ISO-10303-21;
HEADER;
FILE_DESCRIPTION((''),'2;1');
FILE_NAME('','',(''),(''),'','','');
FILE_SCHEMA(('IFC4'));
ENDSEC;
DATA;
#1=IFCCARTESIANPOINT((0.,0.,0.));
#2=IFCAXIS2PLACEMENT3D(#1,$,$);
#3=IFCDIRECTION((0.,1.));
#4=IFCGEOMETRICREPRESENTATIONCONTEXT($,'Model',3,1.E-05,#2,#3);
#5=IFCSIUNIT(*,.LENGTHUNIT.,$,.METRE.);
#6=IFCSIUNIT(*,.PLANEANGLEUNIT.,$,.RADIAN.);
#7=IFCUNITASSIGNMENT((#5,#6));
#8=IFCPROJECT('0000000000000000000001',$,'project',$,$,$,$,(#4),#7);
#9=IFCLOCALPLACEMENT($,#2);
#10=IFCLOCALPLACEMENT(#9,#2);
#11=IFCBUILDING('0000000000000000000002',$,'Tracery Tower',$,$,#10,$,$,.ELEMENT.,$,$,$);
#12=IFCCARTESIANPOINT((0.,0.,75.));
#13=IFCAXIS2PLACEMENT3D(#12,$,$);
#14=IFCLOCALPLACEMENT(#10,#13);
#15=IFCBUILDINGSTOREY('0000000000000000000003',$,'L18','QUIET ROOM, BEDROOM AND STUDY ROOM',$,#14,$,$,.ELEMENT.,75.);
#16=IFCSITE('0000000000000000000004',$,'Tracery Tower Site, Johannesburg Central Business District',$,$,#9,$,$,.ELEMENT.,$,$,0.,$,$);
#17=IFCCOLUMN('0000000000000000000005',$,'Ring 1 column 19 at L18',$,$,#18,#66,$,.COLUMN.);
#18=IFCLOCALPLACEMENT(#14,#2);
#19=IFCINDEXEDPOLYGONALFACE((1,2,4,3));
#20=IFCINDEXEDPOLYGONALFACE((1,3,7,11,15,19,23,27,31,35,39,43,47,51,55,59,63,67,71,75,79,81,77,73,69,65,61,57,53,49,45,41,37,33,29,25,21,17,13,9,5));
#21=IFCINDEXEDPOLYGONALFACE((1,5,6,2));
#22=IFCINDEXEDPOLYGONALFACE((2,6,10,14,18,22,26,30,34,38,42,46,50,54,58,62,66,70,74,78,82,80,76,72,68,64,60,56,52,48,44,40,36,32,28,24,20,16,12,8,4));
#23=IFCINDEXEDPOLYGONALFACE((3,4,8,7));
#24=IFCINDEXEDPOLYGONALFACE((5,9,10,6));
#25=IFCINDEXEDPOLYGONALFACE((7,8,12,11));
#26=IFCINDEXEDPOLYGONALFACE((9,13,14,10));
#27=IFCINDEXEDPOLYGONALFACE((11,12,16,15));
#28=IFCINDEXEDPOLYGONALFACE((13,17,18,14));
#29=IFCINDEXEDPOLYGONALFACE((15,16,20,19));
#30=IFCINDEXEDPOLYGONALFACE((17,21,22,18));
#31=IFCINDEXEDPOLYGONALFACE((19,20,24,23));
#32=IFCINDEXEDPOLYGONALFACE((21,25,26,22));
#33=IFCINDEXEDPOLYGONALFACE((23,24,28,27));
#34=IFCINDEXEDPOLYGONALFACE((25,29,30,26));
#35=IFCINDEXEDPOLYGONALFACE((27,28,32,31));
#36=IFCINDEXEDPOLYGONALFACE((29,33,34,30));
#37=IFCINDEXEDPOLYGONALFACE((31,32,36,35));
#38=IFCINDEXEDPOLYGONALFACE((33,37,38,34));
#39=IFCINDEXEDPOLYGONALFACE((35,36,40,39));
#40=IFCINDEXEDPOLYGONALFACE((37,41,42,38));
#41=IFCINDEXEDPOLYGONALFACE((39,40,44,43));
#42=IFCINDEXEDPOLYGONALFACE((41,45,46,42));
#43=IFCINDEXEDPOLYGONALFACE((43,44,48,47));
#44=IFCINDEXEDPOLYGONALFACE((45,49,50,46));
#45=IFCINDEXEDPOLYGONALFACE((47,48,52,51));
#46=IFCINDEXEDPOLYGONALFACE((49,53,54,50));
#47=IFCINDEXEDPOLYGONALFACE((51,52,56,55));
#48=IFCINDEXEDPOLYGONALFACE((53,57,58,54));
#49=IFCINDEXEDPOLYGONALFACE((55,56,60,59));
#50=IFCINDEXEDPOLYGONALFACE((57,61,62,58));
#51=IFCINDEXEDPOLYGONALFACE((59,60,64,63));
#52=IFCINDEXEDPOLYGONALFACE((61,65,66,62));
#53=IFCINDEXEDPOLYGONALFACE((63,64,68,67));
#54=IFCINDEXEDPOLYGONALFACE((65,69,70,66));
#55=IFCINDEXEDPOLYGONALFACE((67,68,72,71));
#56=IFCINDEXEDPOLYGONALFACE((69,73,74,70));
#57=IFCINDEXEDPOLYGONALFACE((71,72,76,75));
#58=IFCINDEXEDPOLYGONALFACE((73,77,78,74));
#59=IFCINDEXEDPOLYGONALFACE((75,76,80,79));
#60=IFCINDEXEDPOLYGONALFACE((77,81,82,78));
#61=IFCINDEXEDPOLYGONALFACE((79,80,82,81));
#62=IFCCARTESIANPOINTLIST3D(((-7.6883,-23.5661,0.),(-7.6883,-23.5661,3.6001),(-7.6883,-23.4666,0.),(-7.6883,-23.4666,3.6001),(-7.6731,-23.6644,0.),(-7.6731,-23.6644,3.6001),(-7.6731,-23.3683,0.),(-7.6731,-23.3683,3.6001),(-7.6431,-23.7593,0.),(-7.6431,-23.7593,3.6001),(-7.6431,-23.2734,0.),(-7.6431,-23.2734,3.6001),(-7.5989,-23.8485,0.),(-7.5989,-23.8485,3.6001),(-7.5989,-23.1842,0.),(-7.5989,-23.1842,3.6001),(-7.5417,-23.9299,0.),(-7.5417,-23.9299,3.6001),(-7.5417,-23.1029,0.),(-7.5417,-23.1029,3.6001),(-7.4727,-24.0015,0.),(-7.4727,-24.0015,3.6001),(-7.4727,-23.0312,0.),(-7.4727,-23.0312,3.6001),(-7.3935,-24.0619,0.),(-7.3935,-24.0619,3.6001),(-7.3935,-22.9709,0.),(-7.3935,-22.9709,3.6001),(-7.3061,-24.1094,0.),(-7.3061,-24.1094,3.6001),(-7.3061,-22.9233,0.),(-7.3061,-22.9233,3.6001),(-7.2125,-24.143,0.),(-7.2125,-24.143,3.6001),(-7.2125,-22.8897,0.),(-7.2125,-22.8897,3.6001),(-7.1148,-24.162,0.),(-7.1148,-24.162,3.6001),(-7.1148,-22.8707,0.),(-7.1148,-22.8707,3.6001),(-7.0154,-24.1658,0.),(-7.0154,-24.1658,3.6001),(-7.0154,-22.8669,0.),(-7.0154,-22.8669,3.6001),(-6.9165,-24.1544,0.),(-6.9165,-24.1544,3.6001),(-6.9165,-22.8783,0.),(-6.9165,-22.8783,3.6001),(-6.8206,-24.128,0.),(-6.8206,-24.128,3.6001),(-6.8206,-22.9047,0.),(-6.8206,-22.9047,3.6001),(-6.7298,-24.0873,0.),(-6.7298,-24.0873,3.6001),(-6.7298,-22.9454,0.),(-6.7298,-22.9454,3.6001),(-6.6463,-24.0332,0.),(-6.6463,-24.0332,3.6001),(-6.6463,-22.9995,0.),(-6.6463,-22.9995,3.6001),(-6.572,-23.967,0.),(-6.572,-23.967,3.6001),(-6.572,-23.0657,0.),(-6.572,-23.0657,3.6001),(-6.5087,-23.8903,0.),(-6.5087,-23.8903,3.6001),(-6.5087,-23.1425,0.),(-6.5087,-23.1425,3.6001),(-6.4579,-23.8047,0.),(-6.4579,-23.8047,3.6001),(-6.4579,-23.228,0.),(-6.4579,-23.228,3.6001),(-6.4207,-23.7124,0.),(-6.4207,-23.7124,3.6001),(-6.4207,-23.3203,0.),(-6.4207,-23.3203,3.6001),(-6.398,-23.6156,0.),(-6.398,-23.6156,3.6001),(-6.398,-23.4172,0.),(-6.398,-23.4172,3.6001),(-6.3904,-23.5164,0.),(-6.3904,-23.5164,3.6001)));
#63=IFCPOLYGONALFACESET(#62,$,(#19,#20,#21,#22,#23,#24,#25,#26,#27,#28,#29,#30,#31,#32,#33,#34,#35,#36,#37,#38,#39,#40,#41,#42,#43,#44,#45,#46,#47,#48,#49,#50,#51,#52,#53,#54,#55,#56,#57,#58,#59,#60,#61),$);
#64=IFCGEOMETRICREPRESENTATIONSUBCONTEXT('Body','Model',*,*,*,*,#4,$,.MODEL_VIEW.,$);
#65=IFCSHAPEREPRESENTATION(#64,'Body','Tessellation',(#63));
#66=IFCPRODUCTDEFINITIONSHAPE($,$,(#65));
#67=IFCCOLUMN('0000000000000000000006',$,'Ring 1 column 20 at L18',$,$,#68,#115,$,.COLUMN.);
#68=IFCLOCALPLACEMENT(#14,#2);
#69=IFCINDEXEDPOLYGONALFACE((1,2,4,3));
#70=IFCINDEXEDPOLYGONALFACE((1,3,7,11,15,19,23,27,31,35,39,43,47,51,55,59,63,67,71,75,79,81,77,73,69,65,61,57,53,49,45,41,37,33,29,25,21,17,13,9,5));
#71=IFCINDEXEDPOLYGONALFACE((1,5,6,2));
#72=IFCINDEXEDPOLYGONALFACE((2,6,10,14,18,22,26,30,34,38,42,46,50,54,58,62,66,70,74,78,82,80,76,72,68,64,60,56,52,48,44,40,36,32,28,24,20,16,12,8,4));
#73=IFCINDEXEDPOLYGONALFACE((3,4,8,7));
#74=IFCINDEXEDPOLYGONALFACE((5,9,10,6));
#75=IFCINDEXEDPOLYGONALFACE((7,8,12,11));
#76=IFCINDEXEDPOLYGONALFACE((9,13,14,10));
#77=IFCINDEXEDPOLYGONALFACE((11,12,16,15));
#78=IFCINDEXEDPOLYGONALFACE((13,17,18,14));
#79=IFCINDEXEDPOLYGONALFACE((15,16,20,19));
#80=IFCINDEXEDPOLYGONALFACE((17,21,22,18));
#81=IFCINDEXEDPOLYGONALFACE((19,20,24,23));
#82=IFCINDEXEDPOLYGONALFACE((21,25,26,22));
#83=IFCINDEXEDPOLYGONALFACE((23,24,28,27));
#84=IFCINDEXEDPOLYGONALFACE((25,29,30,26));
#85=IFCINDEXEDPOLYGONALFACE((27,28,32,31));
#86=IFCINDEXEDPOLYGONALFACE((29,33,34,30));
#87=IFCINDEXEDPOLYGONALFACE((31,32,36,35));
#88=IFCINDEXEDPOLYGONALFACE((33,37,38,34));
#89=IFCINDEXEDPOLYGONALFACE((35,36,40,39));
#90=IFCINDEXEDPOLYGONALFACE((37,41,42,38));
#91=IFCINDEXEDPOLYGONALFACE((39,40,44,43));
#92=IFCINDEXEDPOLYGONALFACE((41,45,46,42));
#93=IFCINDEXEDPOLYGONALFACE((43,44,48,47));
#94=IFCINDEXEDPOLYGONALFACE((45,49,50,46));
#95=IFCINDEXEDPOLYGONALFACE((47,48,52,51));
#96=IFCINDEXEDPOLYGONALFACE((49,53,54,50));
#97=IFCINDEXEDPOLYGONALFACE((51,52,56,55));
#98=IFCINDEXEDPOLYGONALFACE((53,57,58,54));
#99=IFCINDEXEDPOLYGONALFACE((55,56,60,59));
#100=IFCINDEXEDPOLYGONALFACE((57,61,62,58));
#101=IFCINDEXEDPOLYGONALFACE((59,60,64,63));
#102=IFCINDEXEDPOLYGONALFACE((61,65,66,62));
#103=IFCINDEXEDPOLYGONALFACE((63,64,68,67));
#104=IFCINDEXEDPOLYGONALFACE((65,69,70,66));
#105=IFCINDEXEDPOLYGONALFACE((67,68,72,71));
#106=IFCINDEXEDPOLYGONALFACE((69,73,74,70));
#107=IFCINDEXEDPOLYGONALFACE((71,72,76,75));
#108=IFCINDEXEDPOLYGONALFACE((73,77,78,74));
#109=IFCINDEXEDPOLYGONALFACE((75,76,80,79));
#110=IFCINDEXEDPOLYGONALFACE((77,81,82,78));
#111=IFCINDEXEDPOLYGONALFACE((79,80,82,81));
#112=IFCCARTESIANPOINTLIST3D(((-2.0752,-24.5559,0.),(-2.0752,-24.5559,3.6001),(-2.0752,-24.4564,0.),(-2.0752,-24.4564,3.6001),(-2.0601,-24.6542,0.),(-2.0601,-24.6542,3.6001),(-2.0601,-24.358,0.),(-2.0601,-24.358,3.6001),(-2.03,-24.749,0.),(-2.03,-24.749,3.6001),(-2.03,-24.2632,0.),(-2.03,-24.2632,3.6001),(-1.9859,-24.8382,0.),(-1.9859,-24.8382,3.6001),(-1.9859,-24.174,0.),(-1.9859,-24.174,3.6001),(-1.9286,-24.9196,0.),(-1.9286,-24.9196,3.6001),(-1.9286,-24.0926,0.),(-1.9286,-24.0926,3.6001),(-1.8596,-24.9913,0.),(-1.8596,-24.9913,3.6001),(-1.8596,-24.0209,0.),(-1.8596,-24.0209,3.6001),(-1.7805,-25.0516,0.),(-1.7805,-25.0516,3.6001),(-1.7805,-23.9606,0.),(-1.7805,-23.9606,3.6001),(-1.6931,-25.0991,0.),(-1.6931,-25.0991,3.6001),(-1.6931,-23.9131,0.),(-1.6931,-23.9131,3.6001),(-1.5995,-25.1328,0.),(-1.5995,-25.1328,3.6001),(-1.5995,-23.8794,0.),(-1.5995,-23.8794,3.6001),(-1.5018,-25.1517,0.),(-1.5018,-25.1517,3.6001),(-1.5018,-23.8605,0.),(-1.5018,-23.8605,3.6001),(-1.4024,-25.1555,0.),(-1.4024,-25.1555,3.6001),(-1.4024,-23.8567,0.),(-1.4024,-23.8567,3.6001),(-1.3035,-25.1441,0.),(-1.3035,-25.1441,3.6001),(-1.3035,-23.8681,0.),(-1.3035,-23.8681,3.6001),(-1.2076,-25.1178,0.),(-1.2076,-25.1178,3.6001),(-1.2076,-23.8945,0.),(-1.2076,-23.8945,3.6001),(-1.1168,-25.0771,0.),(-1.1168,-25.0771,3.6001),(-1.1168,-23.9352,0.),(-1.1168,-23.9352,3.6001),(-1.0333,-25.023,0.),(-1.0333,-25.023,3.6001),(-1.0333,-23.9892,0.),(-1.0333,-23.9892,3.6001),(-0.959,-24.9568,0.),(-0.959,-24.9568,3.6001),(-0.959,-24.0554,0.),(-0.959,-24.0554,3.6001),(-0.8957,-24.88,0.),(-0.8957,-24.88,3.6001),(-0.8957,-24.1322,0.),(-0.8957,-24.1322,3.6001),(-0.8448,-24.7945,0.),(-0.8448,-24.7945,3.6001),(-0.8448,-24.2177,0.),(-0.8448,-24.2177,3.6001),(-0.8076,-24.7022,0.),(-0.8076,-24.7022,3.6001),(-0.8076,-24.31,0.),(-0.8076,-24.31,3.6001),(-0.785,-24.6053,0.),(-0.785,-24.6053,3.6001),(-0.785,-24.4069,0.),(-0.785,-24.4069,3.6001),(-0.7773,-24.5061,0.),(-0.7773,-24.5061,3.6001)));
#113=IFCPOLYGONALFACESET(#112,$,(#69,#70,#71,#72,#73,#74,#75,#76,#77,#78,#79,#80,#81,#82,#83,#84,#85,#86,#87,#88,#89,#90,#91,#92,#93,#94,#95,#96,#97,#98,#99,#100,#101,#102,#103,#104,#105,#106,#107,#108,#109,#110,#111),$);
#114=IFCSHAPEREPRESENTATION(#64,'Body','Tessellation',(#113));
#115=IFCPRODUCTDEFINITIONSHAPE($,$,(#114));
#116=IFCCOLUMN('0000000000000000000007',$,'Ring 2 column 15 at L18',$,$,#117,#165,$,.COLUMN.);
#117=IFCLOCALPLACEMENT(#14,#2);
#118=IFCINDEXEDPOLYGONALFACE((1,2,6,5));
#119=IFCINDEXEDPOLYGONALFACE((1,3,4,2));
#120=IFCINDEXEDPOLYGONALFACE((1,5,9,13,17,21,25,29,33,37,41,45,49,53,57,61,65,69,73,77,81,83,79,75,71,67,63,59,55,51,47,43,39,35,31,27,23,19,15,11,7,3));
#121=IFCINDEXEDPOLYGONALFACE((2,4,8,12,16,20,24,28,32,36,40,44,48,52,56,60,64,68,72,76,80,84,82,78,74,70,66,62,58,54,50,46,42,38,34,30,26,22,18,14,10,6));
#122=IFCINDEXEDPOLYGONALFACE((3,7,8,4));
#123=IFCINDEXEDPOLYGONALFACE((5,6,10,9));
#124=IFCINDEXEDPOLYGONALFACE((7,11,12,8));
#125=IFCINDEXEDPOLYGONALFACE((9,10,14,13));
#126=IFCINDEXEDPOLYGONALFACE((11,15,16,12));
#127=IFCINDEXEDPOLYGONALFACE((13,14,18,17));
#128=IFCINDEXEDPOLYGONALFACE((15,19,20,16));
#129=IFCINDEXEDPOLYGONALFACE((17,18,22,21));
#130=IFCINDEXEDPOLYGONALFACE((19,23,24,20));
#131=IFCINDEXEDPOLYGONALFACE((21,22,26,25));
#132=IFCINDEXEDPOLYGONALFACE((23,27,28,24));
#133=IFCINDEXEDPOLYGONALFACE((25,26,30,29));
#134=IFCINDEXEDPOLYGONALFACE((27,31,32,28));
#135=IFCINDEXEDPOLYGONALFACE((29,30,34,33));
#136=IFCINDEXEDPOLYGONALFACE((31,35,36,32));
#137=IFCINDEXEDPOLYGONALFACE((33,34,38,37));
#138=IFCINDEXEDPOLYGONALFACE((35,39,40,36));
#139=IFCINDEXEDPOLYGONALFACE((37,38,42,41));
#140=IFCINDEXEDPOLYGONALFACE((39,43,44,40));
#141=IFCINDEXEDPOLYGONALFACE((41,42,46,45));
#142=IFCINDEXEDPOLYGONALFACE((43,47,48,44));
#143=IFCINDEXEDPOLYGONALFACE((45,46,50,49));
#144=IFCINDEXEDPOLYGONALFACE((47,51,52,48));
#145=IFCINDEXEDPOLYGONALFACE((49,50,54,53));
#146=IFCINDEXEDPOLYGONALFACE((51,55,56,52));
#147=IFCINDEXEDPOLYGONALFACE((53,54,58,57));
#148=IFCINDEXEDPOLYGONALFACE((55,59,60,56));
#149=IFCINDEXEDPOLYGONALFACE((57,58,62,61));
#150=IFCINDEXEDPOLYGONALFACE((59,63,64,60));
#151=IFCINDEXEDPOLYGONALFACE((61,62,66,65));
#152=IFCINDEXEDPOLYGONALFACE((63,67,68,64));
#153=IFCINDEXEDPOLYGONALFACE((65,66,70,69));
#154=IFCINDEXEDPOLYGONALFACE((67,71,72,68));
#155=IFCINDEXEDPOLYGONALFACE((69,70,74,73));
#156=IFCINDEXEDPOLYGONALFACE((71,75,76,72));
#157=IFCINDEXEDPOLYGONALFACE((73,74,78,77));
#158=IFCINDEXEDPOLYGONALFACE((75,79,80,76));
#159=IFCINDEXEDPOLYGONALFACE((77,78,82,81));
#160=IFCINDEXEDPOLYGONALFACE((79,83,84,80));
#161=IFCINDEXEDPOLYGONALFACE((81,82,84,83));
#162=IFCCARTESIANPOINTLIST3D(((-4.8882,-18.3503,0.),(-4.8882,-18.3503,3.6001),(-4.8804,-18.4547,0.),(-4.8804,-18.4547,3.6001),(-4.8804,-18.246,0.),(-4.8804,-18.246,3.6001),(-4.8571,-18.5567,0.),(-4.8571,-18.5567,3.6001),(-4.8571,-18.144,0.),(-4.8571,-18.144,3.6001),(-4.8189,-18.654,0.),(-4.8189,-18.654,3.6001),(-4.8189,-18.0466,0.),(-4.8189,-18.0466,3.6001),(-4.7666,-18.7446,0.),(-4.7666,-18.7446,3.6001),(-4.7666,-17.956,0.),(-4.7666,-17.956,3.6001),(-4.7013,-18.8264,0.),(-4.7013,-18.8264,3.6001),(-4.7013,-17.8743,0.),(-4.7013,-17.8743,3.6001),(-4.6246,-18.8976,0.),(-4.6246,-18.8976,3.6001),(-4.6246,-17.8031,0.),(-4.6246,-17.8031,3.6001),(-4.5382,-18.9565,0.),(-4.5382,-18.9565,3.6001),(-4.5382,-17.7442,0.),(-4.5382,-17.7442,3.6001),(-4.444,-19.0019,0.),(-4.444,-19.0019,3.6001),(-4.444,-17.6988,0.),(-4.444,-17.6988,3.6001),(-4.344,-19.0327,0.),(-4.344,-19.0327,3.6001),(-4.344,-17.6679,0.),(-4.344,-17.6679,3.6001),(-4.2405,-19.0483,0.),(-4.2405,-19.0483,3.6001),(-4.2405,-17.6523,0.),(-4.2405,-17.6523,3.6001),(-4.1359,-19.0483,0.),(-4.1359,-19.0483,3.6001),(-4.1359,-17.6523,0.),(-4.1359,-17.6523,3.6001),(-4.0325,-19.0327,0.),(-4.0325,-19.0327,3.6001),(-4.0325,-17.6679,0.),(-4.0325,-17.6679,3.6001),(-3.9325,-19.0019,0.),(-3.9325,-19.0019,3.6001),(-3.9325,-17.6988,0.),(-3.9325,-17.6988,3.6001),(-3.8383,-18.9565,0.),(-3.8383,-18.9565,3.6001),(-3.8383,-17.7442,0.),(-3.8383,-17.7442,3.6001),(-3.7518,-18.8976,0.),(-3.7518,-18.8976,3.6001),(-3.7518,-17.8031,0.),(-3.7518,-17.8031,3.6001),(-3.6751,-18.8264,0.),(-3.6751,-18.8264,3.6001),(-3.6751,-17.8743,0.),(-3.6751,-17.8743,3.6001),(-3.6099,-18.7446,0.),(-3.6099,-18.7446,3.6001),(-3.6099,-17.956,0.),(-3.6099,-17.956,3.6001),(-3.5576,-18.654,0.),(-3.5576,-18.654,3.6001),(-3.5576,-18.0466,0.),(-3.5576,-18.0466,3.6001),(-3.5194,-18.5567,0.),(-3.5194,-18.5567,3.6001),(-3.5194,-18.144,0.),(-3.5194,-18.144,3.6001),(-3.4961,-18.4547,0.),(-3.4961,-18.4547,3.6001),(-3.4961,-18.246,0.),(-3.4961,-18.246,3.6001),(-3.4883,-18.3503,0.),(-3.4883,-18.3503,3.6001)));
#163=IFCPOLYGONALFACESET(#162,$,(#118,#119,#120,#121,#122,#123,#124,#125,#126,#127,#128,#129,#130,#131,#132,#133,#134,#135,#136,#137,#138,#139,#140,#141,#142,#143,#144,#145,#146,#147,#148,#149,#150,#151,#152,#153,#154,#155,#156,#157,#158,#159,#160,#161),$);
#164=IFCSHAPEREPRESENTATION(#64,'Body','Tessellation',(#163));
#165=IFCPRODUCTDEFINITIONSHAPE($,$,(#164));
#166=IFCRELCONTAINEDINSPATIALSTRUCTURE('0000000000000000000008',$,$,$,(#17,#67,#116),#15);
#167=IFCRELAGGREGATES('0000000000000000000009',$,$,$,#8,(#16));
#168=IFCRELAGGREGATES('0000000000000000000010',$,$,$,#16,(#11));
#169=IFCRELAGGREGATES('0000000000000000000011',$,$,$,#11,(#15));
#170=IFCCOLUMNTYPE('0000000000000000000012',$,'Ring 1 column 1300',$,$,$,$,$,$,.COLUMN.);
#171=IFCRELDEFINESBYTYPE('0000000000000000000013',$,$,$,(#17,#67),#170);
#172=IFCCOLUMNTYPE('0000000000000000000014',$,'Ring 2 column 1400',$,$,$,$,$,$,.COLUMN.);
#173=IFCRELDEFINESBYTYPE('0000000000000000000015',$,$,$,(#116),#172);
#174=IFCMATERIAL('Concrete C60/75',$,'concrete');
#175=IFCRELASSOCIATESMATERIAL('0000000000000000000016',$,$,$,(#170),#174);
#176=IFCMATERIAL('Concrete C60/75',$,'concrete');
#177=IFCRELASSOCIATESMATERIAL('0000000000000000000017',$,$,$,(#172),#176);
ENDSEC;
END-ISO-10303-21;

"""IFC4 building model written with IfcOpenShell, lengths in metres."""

from ifc_helpers import new_model, si_unit, direction, frame, origin, origin_2d, place, context, subcontext, project, spatial, circle, extrude, material, material_profile, profile_set, type_object, element, save


model = new_model("IFC4")

# Units and contexts
model_context = context("Model", 3, precision=1e-05, world=origin(), true_north=direction((0.0, 1.0)))
body_context = subcontext(model_context, "Body", "Model", "MODEL_VIEW")
ifc_project = project(units=[si_unit("LENGTHUNIT", "METRE"), si_unit("PLANEANGLEUNIT", "RADIAN")], contexts=[model_context])

# Site, building, storey
site_placement = place(None, origin())
site = spatial("IfcSite", under=ifc_project, at=site_placement, Name="Tracery Tower Site, Johannesburg Central Business District", CompositionType="ELEMENT", RefElevation=0.0)
building_placement = place(site_placement, origin())
building = spatial("IfcBuilding", under=site, at=building_placement, Name="Tracery Tower", CompositionType="ELEMENT")
storey_placement = place(building_placement, frame((0.0, 0.0, 75.0)))
storey = spatial("IfcBuildingStorey", under=building, at=storey_placement, Name="L18", Description="QUIET ROOM, BEDROOM AND STUDY ROOM", CompositionType="ELEMENT", Elevation=75.0)

# Columns
ifc_material_1 = material(Name="Concrete C60/75", Category="concrete")
ifc_material_profile_1 = material_profile(ifc_material_1, circle(Radius=0.6499, at=origin_2d()), Name="RC D1300")
ifc_profile_set_1 = profile_set([ifc_material_profile_1], Name="Concrete C60/75")
column_type_1 = type_object("IfcColumnType", Name="Ring 1 column 1300", PredefinedType="COLUMN", material=ifc_profile_set_1)
for number, where, z_axis, x_axis, name in (
    (1, (-7.0403, -23.5164, 0.0), (0.0, 0.0, 1.0), (1.0, 0.0, 0.0), "Ring 1 column 19 at L18"),
    (2, (-1.4272, -24.5061, 0.0), (0.0, 0.0, 1.0), (1.0, 0.0, 0.0), "Ring 1 column 20 at L18"),
):
    element("IfcColumn", number, at=place(storey_placement, frame(where, z_axis=z_axis, x_axis=x_axis)), inside=storey, type_object=column_type_1, Name=name, PredefinedType="COLUMN", context=body_context, shape_type="SweptSolid", body=[
        extrude(circle(Radius=0.6499, at=origin_2d()), origin(), (0.0, 0.0, 1.0), 3.6001),
    ])
ifc_material_2 = material(Name="Concrete C60/75", Category="concrete")
ifc_material_profile_2 = material_profile(ifc_material_2, circle(Radius=0.7, at=origin_2d()), Name="RC D1400")
ifc_profile_set_2 = profile_set([ifc_material_profile_2], Name="Concrete C60/75")
column_type_2 = type_object("IfcColumnType", Name="Ring 2 column 1400", PredefinedType="COLUMN", material=ifc_profile_set_2)
for number, where, z_axis, x_axis, name in (
    (3, (-4.1882, -18.3503, 0.0), (0.0, 0.0, 1.0), (1.0, 0.0, 0.0), "Ring 2 column 15 at L18"),
):
    element("IfcColumn", number, at=place(storey_placement, frame(where, z_axis=z_axis, x_axis=x_axis)), inside=storey, type_object=column_type_2, Name=name, PredefinedType="COLUMN", context=body_context, shape_type="SweptSolid", body=[
        extrude(circle(Radius=0.7, at=origin_2d()), origin(), (0.0, 0.0, 1.0), 3.6001),
    ])

save(model, "model.ifc")
